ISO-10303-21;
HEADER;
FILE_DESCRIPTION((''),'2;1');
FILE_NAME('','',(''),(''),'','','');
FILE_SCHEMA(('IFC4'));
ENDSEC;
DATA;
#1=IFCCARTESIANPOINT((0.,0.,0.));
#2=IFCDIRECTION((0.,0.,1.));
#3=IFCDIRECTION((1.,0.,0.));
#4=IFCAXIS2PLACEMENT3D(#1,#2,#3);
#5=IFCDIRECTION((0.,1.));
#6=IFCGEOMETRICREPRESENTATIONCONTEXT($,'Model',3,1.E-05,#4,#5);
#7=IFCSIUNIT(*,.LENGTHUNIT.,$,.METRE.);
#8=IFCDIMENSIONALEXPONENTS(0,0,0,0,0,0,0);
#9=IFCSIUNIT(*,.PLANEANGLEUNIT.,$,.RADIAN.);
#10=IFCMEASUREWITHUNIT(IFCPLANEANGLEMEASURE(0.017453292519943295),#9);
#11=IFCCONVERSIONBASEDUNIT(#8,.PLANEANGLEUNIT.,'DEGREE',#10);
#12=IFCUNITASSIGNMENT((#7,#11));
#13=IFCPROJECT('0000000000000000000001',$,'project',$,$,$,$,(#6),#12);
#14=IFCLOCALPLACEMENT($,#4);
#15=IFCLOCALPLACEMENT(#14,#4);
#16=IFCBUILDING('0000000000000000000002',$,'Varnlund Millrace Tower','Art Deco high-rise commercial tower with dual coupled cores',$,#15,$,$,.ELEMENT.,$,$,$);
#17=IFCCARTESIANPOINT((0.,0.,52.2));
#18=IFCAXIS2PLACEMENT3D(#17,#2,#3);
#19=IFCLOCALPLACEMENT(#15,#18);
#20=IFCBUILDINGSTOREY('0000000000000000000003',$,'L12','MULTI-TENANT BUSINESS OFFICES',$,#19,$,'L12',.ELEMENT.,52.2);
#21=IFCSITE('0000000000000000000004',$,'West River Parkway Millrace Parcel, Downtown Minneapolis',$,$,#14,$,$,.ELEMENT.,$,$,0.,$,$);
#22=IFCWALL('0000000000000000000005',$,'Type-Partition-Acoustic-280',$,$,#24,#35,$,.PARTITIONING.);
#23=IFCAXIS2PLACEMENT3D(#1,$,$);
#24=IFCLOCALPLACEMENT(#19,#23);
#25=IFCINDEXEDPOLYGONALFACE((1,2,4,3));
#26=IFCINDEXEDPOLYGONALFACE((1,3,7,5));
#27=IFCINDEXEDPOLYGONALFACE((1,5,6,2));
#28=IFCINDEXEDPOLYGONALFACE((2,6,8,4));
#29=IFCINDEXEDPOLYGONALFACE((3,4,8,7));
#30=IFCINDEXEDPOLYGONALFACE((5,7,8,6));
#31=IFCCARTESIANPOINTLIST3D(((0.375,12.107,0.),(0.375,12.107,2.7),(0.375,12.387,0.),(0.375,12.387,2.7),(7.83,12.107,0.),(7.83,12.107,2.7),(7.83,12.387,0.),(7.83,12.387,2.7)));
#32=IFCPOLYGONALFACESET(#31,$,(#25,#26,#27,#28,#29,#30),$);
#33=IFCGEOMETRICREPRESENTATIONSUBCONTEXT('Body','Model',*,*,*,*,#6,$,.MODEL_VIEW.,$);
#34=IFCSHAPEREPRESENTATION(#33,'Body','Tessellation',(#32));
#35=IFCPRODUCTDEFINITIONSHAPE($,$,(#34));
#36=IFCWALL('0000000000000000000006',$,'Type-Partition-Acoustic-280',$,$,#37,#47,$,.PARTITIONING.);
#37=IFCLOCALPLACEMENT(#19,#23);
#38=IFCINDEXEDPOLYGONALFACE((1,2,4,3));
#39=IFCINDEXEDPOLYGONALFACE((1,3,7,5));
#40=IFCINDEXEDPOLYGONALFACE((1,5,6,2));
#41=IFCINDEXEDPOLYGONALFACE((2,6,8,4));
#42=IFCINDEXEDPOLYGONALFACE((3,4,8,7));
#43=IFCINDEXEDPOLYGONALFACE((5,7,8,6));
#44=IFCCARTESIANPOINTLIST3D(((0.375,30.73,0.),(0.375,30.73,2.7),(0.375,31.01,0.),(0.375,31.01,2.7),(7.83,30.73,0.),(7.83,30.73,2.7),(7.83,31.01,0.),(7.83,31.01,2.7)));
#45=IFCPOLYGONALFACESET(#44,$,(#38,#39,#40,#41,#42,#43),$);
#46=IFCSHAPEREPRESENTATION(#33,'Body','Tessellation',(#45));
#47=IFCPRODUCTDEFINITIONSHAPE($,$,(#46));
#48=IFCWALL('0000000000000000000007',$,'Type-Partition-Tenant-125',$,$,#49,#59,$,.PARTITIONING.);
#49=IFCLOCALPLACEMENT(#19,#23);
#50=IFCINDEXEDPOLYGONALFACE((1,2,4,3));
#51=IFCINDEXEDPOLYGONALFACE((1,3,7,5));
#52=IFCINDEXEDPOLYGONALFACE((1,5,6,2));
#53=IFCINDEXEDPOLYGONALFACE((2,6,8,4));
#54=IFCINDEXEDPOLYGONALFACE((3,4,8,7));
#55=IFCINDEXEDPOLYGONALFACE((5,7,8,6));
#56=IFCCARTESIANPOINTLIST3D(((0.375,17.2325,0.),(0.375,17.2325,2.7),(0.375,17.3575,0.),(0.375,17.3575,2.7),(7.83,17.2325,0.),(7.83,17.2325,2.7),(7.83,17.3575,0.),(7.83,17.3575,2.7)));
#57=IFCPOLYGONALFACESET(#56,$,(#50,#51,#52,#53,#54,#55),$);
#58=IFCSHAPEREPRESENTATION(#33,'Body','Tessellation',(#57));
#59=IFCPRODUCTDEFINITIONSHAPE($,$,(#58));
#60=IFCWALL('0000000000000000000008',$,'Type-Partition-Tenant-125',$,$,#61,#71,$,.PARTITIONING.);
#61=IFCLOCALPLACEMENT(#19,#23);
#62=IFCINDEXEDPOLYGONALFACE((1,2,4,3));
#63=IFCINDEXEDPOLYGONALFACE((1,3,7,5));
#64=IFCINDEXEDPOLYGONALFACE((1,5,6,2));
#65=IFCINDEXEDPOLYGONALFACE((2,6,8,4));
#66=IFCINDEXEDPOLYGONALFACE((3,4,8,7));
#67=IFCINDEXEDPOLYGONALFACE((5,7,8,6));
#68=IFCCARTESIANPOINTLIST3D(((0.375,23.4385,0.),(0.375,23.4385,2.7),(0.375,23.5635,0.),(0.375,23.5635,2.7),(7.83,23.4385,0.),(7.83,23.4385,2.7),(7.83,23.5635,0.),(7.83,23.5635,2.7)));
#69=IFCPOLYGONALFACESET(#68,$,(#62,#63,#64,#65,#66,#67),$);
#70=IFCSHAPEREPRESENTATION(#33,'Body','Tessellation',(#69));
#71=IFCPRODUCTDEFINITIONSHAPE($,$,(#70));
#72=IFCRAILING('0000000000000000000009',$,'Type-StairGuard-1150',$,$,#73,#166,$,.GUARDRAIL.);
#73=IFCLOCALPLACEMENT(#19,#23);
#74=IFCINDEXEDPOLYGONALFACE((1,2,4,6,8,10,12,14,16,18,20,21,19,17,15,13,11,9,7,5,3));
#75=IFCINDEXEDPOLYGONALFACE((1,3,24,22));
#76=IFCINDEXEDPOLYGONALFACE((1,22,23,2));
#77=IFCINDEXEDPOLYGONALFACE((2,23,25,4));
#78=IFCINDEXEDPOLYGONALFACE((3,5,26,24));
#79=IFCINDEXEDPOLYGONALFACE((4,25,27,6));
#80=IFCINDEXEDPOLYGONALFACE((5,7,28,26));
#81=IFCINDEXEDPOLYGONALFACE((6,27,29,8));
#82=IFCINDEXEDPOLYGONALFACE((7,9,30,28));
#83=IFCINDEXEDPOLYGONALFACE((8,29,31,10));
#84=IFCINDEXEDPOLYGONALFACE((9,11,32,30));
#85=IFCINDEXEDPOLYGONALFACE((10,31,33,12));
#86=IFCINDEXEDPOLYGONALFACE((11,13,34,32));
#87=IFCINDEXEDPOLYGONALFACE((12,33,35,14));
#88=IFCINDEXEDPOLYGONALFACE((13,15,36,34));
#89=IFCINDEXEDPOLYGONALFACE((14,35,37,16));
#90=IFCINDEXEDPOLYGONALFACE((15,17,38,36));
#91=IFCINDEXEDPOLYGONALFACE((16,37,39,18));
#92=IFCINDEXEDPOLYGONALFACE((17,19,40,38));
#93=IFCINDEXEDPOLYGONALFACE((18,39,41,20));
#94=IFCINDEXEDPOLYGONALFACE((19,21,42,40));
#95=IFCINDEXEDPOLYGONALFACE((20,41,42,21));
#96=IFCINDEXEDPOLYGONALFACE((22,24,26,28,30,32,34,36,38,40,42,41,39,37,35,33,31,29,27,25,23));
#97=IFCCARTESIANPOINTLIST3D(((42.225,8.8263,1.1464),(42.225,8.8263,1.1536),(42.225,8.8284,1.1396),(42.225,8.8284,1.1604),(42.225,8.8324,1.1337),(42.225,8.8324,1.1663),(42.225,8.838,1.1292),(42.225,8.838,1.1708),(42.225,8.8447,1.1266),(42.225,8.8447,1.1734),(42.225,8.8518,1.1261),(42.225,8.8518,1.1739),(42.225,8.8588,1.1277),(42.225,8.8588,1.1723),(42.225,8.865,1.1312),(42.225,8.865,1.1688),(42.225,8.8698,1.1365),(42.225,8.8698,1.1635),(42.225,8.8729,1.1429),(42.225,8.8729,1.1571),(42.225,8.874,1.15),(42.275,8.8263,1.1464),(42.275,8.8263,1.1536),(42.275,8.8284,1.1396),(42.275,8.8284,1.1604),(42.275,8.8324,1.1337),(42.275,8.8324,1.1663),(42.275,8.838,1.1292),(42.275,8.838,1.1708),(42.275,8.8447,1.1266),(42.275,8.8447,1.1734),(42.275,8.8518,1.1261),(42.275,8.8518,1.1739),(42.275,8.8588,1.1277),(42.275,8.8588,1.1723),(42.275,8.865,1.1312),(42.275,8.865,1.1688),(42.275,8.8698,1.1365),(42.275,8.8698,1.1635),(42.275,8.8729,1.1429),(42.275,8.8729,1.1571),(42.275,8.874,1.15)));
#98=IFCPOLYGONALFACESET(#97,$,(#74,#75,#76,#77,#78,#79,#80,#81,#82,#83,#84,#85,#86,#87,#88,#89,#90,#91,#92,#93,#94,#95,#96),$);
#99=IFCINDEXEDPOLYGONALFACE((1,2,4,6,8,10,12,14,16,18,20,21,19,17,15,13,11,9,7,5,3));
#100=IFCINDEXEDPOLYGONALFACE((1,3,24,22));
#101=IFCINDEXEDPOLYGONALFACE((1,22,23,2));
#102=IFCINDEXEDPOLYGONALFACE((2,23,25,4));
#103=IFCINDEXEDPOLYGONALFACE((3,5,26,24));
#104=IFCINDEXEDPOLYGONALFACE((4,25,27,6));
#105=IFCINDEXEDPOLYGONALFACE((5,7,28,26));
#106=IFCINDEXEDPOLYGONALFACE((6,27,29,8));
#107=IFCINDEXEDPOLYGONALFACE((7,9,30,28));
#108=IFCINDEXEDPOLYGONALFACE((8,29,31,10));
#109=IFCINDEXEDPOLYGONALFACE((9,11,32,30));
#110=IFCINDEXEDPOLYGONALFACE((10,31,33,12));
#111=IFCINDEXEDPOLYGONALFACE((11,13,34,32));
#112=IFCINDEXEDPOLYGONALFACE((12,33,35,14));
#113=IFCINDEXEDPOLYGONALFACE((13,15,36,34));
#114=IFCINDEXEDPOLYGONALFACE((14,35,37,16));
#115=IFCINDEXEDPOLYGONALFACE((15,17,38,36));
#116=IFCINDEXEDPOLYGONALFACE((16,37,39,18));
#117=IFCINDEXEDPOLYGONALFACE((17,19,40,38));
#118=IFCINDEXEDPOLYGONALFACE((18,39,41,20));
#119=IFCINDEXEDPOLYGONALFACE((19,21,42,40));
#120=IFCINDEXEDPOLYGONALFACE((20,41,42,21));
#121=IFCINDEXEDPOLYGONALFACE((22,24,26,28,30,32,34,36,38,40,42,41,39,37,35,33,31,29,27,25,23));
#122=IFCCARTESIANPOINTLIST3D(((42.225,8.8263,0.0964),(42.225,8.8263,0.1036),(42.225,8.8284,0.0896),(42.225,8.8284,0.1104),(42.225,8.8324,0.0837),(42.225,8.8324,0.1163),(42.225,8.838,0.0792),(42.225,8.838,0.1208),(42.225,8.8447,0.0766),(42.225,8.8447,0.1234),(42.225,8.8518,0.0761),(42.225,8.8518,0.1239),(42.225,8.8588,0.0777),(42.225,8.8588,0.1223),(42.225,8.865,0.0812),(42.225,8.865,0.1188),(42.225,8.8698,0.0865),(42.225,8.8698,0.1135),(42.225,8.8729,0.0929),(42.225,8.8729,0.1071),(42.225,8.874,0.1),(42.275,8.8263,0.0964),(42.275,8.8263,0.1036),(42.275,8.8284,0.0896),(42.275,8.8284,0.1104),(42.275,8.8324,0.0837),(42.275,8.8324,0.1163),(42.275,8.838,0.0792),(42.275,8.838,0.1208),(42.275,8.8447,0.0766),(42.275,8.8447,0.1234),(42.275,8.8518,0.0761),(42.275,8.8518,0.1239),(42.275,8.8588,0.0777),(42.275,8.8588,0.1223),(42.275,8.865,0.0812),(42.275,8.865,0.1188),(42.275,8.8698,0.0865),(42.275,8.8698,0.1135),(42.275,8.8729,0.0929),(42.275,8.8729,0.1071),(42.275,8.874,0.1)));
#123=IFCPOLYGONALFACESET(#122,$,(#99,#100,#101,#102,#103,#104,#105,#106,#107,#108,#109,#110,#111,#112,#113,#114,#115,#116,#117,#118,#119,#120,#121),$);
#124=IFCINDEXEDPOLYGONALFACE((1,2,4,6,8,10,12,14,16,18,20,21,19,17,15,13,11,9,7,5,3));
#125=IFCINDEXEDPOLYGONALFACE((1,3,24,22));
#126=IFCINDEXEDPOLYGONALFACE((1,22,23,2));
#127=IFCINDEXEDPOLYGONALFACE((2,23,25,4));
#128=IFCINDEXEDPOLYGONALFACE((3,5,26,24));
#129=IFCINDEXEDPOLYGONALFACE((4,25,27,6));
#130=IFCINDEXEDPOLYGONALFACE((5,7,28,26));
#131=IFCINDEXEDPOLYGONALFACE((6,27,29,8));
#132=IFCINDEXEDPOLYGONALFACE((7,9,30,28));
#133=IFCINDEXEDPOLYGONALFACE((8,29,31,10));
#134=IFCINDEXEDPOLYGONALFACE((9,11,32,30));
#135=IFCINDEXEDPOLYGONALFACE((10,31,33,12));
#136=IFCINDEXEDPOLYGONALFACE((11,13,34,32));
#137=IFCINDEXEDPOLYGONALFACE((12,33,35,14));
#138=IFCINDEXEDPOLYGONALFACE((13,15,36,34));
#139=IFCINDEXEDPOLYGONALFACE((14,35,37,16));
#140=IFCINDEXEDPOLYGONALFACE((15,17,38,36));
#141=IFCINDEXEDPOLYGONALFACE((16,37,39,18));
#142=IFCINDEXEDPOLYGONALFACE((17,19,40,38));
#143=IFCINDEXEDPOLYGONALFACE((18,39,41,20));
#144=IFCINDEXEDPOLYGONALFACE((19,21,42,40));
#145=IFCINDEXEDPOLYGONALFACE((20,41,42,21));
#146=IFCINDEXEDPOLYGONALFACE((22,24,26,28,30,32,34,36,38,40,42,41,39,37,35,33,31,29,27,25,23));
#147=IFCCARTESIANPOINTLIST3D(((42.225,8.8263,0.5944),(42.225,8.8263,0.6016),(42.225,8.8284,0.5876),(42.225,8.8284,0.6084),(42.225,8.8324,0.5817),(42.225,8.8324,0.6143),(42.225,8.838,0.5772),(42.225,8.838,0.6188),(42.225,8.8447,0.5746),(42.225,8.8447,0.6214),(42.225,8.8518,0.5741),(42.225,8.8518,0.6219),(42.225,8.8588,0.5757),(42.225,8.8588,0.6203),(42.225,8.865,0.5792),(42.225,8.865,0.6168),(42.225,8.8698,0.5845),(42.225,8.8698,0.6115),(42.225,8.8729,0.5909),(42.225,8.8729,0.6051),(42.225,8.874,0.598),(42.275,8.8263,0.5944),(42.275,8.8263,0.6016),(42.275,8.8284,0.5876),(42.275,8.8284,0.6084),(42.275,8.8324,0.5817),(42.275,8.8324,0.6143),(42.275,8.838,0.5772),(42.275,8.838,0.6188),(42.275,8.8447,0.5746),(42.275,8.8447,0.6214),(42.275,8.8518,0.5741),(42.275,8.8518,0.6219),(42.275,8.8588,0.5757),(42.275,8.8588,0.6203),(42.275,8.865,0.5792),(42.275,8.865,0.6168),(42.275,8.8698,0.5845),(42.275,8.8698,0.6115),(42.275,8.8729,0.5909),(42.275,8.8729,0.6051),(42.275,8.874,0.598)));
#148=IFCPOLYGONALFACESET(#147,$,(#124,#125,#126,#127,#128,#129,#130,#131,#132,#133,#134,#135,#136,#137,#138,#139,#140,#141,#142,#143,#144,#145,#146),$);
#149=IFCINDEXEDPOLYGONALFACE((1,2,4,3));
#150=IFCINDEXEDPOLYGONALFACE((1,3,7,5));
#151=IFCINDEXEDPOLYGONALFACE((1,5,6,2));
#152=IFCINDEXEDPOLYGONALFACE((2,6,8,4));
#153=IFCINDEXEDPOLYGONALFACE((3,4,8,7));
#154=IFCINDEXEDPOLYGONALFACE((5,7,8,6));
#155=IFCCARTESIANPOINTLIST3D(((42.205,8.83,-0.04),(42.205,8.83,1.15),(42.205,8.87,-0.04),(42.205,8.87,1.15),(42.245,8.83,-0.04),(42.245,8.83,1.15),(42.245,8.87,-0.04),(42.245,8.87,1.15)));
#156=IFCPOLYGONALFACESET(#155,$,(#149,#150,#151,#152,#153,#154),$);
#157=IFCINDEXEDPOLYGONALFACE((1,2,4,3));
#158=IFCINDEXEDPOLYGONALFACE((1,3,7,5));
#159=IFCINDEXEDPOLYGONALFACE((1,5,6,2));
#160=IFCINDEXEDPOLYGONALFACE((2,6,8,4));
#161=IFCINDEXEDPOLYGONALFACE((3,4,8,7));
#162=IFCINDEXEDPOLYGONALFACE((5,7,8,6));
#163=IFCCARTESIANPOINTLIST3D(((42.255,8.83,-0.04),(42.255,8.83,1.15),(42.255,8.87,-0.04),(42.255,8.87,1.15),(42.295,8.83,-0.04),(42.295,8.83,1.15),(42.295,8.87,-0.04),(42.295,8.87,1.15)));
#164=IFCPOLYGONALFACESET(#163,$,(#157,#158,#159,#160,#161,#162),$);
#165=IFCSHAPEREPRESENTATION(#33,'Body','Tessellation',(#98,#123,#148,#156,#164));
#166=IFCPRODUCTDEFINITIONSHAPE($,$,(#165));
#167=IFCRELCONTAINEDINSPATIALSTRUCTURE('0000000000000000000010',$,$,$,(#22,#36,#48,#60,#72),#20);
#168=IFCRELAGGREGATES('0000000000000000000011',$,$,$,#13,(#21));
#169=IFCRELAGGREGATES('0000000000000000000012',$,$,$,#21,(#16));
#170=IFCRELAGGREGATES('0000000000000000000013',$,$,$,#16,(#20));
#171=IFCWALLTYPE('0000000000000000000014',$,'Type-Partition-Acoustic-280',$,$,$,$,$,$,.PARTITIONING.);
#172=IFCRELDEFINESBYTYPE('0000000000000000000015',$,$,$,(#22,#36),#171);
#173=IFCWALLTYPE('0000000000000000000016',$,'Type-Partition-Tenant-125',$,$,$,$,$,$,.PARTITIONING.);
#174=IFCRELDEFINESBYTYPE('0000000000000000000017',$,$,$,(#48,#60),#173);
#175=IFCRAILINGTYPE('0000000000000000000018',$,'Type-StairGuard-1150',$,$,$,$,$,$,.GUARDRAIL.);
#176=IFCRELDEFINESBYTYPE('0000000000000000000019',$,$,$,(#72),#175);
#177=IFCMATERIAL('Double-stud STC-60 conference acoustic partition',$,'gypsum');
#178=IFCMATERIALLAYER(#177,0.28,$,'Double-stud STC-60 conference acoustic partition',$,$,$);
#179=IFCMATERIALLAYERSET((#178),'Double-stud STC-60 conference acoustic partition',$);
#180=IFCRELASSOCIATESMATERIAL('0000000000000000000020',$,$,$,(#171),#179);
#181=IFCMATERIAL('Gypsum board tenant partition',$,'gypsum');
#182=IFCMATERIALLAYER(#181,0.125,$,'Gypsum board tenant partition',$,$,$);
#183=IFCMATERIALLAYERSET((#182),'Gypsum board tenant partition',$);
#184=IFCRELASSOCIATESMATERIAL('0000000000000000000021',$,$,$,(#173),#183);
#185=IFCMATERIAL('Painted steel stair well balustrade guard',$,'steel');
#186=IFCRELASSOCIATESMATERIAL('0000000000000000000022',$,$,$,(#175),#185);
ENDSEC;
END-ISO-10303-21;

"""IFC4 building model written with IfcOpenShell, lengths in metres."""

from ifc_helpers import new_model, entity, si_unit, converted_unit, direction, frame, origin_with_axes, origin_2d_with_axis, place, context, subcontext, project, spatial, polyline, rectangle, circle, outline, extrude, material, layer, layer_set, type_object, element, save


model = new_model("IFC4")

# Units and contexts
model_context = context("Model", 3, precision=1e-05, world=origin_with_axes(), true_north=direction((0.0, 1.0)))
body_context = subcontext(model_context, "Body", "Model", "MODEL_VIEW")
ifc_project = project(units=[si_unit("LENGTHUNIT", "METRE"), converted_unit("PLANEANGLEUNIT", "DEGREE", entity("IfcPlaneAngleMeasure", 0.017453292519943295), si_unit("PLANEANGLEUNIT", "RADIAN"), dimensions=[0, 0, 0, 0, 0, 0, 0])], contexts=[model_context])

# Site, building, storey
site_placement = place(None, origin_with_axes())
site = spatial("IfcSite", under=ifc_project, at=site_placement, Name="West River Parkway Millrace Parcel, Downtown Minneapolis", CompositionType="ELEMENT", RefElevation=0.0)
building_placement = place(site_placement, origin_with_axes())
building = spatial("IfcBuilding", under=site, at=building_placement, Name="Varnlund Millrace Tower", Description="Art Deco high-rise commercial tower with dual coupled cores", CompositionType="ELEMENT")
storey_placement = place(building_placement, frame((0.0, 0.0, 52.2), z_axis=(0.0, 0.0, 1.0), x_axis=(1.0, 0.0, 0.0)))
storey = spatial("IfcBuildingStorey", under=building, at=storey_placement, Name="L12", Description="MULTI-TENANT BUSINESS OFFICES", LongName="L12", CompositionType="ELEMENT", Elevation=52.2)

# Walls
ifc_material_1 = material(Name="Double-stud STC-60 conference acoustic partition", Category="gypsum")
ifc_layer_1 = layer(ifc_material_1, 0.28, Name="Double-stud STC-60 conference acoustic partition")
ifc_layer_set_1 = layer_set([ifc_layer_1], Name="Double-stud STC-60 conference acoustic partition")
wall_type_1 = type_object("IfcWallType", Name="Type-Partition-Acoustic-280", PredefinedType="PARTITIONING", material=ifc_layer_set_1)
for number, where, z_axis, x_axis, name in (
    (1, (0.375, 12.247, 0.0), (0.0, 0.0, 1.0), (1.0, 0.0, 0.0), "Type-Partition-Acoustic-280"),
    (2, (0.375, 30.87, 0.0), (0.0, 0.0, 1.0), (1.0, 0.0, 0.0), "Type-Partition-Acoustic-280"),
):
    element("IfcWall", number, at=place(storey_placement, frame(where, z_axis=z_axis, x_axis=x_axis)), inside=storey, type_object=wall_type_1, Name=name, PredefinedType="PARTITIONING", context=body_context, shape_type="SweptSolid", body=[
        extrude(outline(polyline([(0.0, -0.14), (7.455, -0.14), (7.455, 0.14), (0.0, 0.14), (0.0, -0.14)])), origin_with_axes(), (0.0, 0.0, 1.0), 2.7),
    ])
ifc_material_2 = material(Name="Gypsum board tenant partition", Category="gypsum")
ifc_layer_2 = layer(ifc_material_2, 0.125, Name="Gypsum board tenant partition")
ifc_layer_set_2 = layer_set([ifc_layer_2], Name="Gypsum board tenant partition")
wall_type_2 = type_object("IfcWallType", Name="Type-Partition-Tenant-125", PredefinedType="PARTITIONING", material=ifc_layer_set_2)
for number, where, z_axis, x_axis, name in (
    (3, (0.375, 17.295, 0.0), (0.0, 0.0, 1.0), (1.0, 0.0, 0.0), "Type-Partition-Tenant-125"),
    (4, (0.375, 23.501, 0.0), (0.0, 0.0, 1.0), (1.0, 0.0, 0.0), "Type-Partition-Tenant-125"),
):
    element("IfcWall", number, at=place(storey_placement, frame(where, z_axis=z_axis, x_axis=x_axis)), inside=storey, type_object=wall_type_2, Name=name, PredefinedType="PARTITIONING", context=body_context, shape_type="SweptSolid", body=[
        extrude(outline(polyline([(0.0, -0.0625), (7.455, -0.0625), (7.455, 0.0625), (0.0, 0.0625), (0.0, -0.0625)])), origin_with_axes(), (0.0, 0.0, 1.0), 2.7),
    ])

# Railing
ifc_material_3 = material(Name="Painted steel stair well balustrade guard", Category="steel")
railing_type_1 = type_object("IfcRailingType", Name="Type-StairGuard-1150", PredefinedType="GUARDRAIL", material=ifc_material_3)
railing_1_placement = place(storey_placement, frame((0.0, 0.0, -52.2), z_axis=(0.0, 0.0, 1.0), x_axis=(1.0, 0.0, 0.0)))
element("IfcRailing", 5, at=railing_1_placement, inside=storey, type_object=railing_type_1, Name="Type-StairGuard-1150", PredefinedType="GUARDRAIL", context=body_context, shape_type="SweptSolid", body=[
    extrude(circle(Radius=0.024, at=origin_2d_with_axis()), frame((42.225, 8.85, 53.35), z_axis=(1.0, 0.0, 0.0), x_axis=(0.0, 1.0, 0.0)), (0.0, 0.0, 1.0), 0.05),
    extrude(circle(Radius=0.024, at=origin_2d_with_axis()), frame((42.225, 8.85, 52.3), z_axis=(1.0, 0.0, 0.0), x_axis=(0.0, 1.0, 0.0)), (0.0, 0.0, 1.0), 0.05),
    extrude(circle(Radius=0.024, at=origin_2d_with_axis()), frame((42.225, 8.85, 52.798), z_axis=(1.0, 0.0, 0.0), x_axis=(0.0, 1.0, 0.0)), (0.0, 0.0, 1.0), 0.05),
    extrude(rectangle(XDim=0.04, YDim=0.04, at=origin_2d_with_axis()), frame((42.225, 8.85, 52.16), z_axis=(0.0, 0.0, 1.0), x_axis=(1.0, 0.0, 0.0)), (0.0, 0.0, 1.0), 1.19),
    extrude(rectangle(XDim=0.04, YDim=0.04, at=origin_2d_with_axis()), frame((42.275, 8.85, 52.16), z_axis=(0.0, 0.0, 1.0), x_axis=(1.0, 0.0, 0.0)), (0.0, 0.0, 1.0), 1.19),
])

save(model, "model.ifc")
